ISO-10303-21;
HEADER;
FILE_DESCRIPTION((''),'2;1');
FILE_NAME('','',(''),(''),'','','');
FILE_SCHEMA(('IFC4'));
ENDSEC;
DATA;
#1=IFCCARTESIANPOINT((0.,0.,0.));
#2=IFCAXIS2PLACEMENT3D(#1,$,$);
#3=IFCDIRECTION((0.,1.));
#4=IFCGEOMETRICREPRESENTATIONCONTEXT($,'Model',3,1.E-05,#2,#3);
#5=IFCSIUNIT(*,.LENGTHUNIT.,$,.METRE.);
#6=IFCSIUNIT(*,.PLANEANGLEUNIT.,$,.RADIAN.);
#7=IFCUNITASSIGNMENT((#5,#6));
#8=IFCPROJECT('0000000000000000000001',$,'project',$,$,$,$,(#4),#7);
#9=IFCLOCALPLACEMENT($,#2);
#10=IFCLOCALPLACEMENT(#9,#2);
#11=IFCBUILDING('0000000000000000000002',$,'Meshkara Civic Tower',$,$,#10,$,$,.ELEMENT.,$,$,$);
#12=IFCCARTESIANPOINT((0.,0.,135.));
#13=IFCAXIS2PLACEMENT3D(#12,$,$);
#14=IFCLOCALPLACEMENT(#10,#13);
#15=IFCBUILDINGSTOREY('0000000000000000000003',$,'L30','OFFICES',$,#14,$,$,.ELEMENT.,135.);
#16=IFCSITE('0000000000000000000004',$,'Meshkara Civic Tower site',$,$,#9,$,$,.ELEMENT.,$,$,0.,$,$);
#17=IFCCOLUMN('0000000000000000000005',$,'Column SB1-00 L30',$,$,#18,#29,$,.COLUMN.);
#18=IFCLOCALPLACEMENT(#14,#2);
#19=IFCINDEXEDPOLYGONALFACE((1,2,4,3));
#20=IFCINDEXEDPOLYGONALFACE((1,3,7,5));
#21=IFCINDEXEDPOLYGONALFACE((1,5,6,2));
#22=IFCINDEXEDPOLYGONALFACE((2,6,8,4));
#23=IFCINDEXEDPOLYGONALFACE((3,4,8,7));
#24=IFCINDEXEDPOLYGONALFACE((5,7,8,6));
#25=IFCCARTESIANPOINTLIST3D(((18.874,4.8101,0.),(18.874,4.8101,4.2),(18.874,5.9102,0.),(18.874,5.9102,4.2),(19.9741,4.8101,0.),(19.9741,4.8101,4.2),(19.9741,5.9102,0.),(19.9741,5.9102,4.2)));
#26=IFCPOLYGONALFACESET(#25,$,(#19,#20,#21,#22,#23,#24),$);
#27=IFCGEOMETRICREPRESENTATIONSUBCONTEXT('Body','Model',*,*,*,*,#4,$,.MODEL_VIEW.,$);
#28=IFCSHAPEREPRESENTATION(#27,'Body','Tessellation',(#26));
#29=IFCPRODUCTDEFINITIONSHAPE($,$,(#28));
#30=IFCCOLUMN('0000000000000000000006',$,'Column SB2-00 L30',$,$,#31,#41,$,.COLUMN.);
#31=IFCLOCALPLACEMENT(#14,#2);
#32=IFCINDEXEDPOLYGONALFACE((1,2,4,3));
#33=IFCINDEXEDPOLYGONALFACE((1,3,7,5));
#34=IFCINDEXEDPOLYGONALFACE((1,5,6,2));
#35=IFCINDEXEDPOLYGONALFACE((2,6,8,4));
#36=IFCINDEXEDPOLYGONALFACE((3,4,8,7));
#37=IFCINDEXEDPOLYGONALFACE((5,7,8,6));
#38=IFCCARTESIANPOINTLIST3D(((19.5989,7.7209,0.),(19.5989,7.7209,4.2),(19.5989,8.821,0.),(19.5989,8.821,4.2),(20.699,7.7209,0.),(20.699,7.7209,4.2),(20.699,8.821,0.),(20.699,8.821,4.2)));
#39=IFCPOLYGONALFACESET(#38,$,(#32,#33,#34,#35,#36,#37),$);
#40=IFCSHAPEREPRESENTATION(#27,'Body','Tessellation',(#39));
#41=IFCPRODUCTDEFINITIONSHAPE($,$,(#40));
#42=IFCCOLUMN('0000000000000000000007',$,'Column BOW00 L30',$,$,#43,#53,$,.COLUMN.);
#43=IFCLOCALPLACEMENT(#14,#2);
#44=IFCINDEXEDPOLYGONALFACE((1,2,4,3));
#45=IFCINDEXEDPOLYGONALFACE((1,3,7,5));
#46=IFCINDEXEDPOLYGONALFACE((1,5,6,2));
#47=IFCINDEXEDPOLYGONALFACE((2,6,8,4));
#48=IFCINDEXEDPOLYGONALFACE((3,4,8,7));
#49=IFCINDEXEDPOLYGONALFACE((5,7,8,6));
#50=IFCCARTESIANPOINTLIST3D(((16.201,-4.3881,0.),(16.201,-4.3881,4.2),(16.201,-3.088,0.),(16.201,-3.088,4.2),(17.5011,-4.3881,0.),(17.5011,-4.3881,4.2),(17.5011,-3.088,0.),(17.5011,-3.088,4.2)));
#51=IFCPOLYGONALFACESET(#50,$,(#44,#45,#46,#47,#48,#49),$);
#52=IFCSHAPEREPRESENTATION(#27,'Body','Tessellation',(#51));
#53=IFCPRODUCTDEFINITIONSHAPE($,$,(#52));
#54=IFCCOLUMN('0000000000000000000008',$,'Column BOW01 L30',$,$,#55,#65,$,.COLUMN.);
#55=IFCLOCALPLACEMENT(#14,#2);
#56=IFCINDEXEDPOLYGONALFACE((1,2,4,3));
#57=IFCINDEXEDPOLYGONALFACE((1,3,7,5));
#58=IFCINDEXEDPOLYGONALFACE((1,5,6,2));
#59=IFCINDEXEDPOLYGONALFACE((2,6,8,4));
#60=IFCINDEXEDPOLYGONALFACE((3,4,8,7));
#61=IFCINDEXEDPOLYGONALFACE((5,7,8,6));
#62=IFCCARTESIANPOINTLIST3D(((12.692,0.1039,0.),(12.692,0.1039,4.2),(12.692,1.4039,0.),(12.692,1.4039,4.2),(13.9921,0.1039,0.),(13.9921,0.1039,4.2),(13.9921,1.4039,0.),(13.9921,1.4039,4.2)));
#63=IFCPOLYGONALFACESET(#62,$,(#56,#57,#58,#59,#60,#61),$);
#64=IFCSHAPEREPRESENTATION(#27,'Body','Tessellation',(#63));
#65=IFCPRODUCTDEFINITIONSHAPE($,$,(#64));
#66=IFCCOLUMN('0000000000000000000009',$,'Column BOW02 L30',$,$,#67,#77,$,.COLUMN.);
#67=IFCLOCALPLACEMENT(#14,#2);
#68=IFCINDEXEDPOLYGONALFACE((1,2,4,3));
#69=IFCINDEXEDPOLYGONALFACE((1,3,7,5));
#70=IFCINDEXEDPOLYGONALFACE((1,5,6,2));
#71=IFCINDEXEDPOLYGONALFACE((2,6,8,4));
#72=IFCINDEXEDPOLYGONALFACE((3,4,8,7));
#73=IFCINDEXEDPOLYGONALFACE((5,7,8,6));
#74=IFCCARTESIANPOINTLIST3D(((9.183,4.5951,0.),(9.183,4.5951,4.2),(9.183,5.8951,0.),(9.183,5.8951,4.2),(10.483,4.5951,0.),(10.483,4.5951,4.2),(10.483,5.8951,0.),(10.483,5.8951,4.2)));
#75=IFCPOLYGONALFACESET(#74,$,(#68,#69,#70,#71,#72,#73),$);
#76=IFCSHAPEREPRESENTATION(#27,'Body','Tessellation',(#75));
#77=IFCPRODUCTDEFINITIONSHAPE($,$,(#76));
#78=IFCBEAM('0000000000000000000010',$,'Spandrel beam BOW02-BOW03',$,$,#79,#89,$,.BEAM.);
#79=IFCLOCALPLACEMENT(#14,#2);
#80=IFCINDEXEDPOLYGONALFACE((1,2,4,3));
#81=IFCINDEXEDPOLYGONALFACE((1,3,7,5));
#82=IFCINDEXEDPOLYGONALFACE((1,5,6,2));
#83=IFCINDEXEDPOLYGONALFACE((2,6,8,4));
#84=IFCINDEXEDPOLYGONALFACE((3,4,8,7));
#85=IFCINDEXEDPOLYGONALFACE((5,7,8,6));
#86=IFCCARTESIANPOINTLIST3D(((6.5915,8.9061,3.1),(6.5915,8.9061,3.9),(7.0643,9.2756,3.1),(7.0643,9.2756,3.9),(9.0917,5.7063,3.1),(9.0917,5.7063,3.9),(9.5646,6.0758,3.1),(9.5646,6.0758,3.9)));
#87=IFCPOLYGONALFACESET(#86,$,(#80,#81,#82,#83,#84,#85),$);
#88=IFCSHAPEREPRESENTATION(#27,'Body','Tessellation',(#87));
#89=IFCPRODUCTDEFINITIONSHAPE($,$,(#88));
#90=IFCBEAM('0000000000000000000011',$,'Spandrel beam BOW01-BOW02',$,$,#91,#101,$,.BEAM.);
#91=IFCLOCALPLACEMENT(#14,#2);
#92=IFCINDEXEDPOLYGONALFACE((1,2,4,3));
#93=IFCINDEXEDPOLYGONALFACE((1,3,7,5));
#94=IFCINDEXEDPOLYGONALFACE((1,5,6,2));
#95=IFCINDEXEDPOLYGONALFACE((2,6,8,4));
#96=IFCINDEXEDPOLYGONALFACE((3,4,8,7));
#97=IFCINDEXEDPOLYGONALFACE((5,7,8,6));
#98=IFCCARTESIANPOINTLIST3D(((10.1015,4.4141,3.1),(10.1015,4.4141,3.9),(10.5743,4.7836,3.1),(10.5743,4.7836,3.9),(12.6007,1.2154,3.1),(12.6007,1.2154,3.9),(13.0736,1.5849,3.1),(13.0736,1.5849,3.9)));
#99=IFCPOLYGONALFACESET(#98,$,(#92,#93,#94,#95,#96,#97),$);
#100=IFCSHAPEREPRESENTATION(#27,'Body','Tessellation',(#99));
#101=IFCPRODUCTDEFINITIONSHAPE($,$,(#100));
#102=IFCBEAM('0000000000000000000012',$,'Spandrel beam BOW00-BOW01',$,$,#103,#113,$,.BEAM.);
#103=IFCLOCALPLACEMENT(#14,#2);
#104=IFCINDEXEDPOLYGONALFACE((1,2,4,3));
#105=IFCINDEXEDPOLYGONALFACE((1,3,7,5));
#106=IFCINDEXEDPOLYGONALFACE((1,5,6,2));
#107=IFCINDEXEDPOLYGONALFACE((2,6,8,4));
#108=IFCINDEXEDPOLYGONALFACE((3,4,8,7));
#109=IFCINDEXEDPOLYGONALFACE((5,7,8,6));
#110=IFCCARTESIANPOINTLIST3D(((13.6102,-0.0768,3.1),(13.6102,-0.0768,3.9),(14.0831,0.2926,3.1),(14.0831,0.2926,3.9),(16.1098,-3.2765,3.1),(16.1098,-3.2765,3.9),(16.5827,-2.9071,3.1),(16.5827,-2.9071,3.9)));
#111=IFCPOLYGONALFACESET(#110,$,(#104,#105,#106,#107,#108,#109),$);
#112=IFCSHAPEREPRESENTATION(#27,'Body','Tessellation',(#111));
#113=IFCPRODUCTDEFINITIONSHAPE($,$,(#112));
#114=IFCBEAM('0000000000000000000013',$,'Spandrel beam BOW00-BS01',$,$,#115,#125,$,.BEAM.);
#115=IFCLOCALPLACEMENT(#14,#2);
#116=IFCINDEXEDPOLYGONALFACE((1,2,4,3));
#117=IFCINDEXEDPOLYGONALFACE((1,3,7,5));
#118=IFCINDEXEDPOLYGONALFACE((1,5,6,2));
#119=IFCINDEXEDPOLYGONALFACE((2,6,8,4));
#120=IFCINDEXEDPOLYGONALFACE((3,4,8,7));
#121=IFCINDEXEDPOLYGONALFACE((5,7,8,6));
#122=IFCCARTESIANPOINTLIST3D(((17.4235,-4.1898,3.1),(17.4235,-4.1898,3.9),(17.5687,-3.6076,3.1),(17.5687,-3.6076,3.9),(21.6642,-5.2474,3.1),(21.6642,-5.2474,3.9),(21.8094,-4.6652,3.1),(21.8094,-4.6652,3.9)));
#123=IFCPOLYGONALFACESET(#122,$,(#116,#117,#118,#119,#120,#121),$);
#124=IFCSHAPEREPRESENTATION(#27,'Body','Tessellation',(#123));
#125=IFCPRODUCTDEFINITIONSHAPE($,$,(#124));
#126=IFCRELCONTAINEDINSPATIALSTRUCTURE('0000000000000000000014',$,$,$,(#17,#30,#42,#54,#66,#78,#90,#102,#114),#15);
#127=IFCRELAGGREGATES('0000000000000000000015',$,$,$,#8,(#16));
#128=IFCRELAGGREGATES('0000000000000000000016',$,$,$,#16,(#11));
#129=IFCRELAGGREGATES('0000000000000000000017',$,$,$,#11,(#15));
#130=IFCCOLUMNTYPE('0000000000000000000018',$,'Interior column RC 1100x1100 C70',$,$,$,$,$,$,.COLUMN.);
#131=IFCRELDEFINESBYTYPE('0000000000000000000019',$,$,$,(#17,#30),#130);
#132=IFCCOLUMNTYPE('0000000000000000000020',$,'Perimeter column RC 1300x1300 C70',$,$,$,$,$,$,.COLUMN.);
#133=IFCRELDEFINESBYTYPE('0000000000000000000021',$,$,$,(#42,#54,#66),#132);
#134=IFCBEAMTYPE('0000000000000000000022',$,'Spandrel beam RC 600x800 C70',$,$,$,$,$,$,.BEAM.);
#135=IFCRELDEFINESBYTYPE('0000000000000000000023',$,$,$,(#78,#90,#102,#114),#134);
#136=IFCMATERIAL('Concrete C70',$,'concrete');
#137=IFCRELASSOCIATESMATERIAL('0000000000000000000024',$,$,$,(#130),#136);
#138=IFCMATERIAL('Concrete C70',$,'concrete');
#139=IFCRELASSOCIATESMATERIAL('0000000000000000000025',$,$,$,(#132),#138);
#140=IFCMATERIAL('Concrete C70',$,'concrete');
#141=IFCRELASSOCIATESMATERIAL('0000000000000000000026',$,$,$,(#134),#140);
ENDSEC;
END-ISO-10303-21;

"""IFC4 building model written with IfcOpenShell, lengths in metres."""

from ifc_helpers import new_model, si_unit, direction, frame, origin, origin_2d, place, context, subcontext, project, spatial, rectangle, extrude, material, material_profile, profile_set, type_object, element, save


model = new_model("IFC4")

# Units and contexts
model_context = context("Model", 3, precision=1e-05, world=origin(), true_north=direction((0.0, 1.0)))
body_context = subcontext(model_context, "Body", "Model", "MODEL_VIEW")
ifc_project = project(units=[si_unit("LENGTHUNIT", "METRE"), si_unit("PLANEANGLEUNIT", "RADIAN")], contexts=[model_context])

# Site, building, storey
site_placement = place(None, origin())
site = spatial("IfcSite", under=ifc_project, at=site_placement, Name="Meshkara Civic Tower site", CompositionType="ELEMENT", RefElevation=0.0)
building_placement = place(site_placement, origin())
building = spatial("IfcBuilding", under=site, at=building_placement, Name="Meshkara Civic Tower", CompositionType="ELEMENT")
storey_placement = place(building_placement, frame((0.0, 0.0, 135.0)))
storey = spatial("IfcBuildingStorey", under=building, at=storey_placement, Name="L30", Description="OFFICES", CompositionType="ELEMENT", Elevation=135.0)

# Columns
ifc_material_1 = material(Name="Concrete C70", Category="concrete")
ifc_material_profile_1 = material_profile(ifc_material_1, rectangle(XDim=1.1001, YDim=1.1001, at=origin_2d()))
ifc_profile_set_1 = profile_set([ifc_material_profile_1], Name="Concrete C70")
column_type_1 = type_object("IfcColumnType", Name="Interior column RC 1100x1100 C70", PredefinedType="COLUMN", material=ifc_profile_set_1)
for number, where, z_axis, x_axis, name in (
    (1, (19.4241, 5.3601, 0.0), (0.0, 0.0, 1.0), (1.0, 0.0, 0.0), "Column SB1-00 L30"),
    (2, (20.1489, 8.271, 0.0), (0.0, 0.0, 1.0), (1.0, 0.0, 0.0), "Column SB2-00 L30"),
):
    element("IfcColumn", number, at=place(storey_placement, frame(where, z_axis=z_axis, x_axis=x_axis)), inside=storey, type_object=column_type_1, Name=name, PredefinedType="COLUMN", context=body_context, shape_type="SweptSolid", body=[
        extrude(rectangle(XDim=1.1001, YDim=1.1001, at=origin_2d()), origin(), (0.0, 0.0, 1.0), 4.2),
    ])
ifc_material_2 = material(Name="Concrete C70", Category="concrete")
ifc_material_profile_2 = material_profile(ifc_material_2, rectangle(XDim=1.3, YDim=1.3, at=origin_2d()))
ifc_profile_set_2 = profile_set([ifc_material_profile_2], Name="Concrete C70")
column_type_2 = type_object("IfcColumnType", Name="Perimeter column RC 1300x1300 C70", PredefinedType="COLUMN", material=ifc_profile_set_2)
for number, where, z_axis, x_axis, name in (
    (3, (16.8511, -3.738, 0.0), (0.0, 0.0, 1.0), (1.0, 0.0, 0.0), "Column BOW00 L30"),
    (4, (13.342, 0.7539, 0.0), (0.0, 0.0, 1.0), (1.0, 0.0, 0.0), "Column BOW01 L30"),
    (5, (9.833, 5.2451, 0.0), (0.0, 0.0, 1.0), (1.0, 0.0, 0.0), "Column BOW02 L30"),
):
    element("IfcColumn", number, at=place(storey_placement, frame(where, z_axis=z_axis, x_axis=x_axis)), inside=storey, type_object=column_type_2, Name=name, PredefinedType="COLUMN", context=body_context, shape_type="SweptSolid", body=[
        extrude(rectangle(XDim=1.3, YDim=1.3, at=origin_2d()), origin(), (0.0, 0.0, 1.0), 4.2),
    ])

# Beams
ifc_material_3 = material(Name="Concrete C70", Category="concrete")
ifc_material_profile_3 = material_profile(ifc_material_3, rectangle(XDim=0.6001, YDim=0.8, at=origin_2d()))
ifc_profile_set_3 = profile_set([ifc_material_profile_3], Name="Concrete C70")
beam_type = type_object("IfcBeamType", Name="Spandrel beam RC 600x800 C70", PredefinedType="BEAM", material=ifc_profile_set_3)
beam_1_placement = place(storey_placement, frame((6.8279, 9.0908, 3.5), z_axis=(0.615716, -0.787968, 0.0), x_axis=(0.787968, 0.615716, 0.0)))
element("IfcBeam", 6, at=beam_1_placement, inside=storey, type_object=beam_type, Name="Spandrel beam BOW02-BOW03", PredefinedType="BEAM", context=body_context, shape_type="SweptSolid", body=[
    extrude(rectangle(XDim=0.6001, YDim=0.8, at=origin_2d()), origin(), (0.0, 0.0, 1.0), 4.0608),
])
beam_2_placement = place(storey_placement, frame((10.3379, 4.5989, 3.5), z_axis=(0.615684, -0.787993, 0.0), x_axis=(0.787993, 0.615684, 0.0)))
element("IfcBeam", 7, at=beam_2_placement, inside=storey, type_object=beam_type, Name="Spandrel beam BOW01-BOW02", PredefinedType="BEAM", context=body_context, shape_type="SweptSolid", body=[
    extrude(rectangle(XDim=0.6001, YDim=0.8, at=origin_2d()), origin(), (0.0, 0.0, 1.0), 4.0593),
])
beam_3_placement = place(storey_placement, frame((13.8467, 0.1079, 3.5), z_axis=(0.615604, -0.788055, 0.0), x_axis=(0.788055, 0.615604, 0.0)))
element("IfcBeam", 8, at=beam_3_placement, inside=storey, type_object=beam_type, Name="Spandrel beam BOW00-BOW01", PredefinedType="BEAM", context=body_context, shape_type="SweptSolid", body=[
    extrude(rectangle(XDim=0.6001, YDim=0.8, at=origin_2d()), origin(), (0.0, 0.0, 1.0), 4.0603),
])
beam_4_placement = place(storey_placement, frame((17.4961, -3.8987, 3.5), z_axis=(0.97028, -0.241984, 0.0), x_axis=(0.241984, 0.97028, 0.0)))
element("IfcBeam", 9, at=beam_4_placement, inside=storey, type_object=beam_type, Name="Spandrel beam BOW00-BS01", PredefinedType="BEAM", context=body_context, shape_type="SweptSolid", body=[
    extrude(rectangle(XDim=0.6001, YDim=0.8, at=origin_2d()), origin(), (0.0, 0.0, 1.0), 4.3706),
])

save(model, "model.ifc")
